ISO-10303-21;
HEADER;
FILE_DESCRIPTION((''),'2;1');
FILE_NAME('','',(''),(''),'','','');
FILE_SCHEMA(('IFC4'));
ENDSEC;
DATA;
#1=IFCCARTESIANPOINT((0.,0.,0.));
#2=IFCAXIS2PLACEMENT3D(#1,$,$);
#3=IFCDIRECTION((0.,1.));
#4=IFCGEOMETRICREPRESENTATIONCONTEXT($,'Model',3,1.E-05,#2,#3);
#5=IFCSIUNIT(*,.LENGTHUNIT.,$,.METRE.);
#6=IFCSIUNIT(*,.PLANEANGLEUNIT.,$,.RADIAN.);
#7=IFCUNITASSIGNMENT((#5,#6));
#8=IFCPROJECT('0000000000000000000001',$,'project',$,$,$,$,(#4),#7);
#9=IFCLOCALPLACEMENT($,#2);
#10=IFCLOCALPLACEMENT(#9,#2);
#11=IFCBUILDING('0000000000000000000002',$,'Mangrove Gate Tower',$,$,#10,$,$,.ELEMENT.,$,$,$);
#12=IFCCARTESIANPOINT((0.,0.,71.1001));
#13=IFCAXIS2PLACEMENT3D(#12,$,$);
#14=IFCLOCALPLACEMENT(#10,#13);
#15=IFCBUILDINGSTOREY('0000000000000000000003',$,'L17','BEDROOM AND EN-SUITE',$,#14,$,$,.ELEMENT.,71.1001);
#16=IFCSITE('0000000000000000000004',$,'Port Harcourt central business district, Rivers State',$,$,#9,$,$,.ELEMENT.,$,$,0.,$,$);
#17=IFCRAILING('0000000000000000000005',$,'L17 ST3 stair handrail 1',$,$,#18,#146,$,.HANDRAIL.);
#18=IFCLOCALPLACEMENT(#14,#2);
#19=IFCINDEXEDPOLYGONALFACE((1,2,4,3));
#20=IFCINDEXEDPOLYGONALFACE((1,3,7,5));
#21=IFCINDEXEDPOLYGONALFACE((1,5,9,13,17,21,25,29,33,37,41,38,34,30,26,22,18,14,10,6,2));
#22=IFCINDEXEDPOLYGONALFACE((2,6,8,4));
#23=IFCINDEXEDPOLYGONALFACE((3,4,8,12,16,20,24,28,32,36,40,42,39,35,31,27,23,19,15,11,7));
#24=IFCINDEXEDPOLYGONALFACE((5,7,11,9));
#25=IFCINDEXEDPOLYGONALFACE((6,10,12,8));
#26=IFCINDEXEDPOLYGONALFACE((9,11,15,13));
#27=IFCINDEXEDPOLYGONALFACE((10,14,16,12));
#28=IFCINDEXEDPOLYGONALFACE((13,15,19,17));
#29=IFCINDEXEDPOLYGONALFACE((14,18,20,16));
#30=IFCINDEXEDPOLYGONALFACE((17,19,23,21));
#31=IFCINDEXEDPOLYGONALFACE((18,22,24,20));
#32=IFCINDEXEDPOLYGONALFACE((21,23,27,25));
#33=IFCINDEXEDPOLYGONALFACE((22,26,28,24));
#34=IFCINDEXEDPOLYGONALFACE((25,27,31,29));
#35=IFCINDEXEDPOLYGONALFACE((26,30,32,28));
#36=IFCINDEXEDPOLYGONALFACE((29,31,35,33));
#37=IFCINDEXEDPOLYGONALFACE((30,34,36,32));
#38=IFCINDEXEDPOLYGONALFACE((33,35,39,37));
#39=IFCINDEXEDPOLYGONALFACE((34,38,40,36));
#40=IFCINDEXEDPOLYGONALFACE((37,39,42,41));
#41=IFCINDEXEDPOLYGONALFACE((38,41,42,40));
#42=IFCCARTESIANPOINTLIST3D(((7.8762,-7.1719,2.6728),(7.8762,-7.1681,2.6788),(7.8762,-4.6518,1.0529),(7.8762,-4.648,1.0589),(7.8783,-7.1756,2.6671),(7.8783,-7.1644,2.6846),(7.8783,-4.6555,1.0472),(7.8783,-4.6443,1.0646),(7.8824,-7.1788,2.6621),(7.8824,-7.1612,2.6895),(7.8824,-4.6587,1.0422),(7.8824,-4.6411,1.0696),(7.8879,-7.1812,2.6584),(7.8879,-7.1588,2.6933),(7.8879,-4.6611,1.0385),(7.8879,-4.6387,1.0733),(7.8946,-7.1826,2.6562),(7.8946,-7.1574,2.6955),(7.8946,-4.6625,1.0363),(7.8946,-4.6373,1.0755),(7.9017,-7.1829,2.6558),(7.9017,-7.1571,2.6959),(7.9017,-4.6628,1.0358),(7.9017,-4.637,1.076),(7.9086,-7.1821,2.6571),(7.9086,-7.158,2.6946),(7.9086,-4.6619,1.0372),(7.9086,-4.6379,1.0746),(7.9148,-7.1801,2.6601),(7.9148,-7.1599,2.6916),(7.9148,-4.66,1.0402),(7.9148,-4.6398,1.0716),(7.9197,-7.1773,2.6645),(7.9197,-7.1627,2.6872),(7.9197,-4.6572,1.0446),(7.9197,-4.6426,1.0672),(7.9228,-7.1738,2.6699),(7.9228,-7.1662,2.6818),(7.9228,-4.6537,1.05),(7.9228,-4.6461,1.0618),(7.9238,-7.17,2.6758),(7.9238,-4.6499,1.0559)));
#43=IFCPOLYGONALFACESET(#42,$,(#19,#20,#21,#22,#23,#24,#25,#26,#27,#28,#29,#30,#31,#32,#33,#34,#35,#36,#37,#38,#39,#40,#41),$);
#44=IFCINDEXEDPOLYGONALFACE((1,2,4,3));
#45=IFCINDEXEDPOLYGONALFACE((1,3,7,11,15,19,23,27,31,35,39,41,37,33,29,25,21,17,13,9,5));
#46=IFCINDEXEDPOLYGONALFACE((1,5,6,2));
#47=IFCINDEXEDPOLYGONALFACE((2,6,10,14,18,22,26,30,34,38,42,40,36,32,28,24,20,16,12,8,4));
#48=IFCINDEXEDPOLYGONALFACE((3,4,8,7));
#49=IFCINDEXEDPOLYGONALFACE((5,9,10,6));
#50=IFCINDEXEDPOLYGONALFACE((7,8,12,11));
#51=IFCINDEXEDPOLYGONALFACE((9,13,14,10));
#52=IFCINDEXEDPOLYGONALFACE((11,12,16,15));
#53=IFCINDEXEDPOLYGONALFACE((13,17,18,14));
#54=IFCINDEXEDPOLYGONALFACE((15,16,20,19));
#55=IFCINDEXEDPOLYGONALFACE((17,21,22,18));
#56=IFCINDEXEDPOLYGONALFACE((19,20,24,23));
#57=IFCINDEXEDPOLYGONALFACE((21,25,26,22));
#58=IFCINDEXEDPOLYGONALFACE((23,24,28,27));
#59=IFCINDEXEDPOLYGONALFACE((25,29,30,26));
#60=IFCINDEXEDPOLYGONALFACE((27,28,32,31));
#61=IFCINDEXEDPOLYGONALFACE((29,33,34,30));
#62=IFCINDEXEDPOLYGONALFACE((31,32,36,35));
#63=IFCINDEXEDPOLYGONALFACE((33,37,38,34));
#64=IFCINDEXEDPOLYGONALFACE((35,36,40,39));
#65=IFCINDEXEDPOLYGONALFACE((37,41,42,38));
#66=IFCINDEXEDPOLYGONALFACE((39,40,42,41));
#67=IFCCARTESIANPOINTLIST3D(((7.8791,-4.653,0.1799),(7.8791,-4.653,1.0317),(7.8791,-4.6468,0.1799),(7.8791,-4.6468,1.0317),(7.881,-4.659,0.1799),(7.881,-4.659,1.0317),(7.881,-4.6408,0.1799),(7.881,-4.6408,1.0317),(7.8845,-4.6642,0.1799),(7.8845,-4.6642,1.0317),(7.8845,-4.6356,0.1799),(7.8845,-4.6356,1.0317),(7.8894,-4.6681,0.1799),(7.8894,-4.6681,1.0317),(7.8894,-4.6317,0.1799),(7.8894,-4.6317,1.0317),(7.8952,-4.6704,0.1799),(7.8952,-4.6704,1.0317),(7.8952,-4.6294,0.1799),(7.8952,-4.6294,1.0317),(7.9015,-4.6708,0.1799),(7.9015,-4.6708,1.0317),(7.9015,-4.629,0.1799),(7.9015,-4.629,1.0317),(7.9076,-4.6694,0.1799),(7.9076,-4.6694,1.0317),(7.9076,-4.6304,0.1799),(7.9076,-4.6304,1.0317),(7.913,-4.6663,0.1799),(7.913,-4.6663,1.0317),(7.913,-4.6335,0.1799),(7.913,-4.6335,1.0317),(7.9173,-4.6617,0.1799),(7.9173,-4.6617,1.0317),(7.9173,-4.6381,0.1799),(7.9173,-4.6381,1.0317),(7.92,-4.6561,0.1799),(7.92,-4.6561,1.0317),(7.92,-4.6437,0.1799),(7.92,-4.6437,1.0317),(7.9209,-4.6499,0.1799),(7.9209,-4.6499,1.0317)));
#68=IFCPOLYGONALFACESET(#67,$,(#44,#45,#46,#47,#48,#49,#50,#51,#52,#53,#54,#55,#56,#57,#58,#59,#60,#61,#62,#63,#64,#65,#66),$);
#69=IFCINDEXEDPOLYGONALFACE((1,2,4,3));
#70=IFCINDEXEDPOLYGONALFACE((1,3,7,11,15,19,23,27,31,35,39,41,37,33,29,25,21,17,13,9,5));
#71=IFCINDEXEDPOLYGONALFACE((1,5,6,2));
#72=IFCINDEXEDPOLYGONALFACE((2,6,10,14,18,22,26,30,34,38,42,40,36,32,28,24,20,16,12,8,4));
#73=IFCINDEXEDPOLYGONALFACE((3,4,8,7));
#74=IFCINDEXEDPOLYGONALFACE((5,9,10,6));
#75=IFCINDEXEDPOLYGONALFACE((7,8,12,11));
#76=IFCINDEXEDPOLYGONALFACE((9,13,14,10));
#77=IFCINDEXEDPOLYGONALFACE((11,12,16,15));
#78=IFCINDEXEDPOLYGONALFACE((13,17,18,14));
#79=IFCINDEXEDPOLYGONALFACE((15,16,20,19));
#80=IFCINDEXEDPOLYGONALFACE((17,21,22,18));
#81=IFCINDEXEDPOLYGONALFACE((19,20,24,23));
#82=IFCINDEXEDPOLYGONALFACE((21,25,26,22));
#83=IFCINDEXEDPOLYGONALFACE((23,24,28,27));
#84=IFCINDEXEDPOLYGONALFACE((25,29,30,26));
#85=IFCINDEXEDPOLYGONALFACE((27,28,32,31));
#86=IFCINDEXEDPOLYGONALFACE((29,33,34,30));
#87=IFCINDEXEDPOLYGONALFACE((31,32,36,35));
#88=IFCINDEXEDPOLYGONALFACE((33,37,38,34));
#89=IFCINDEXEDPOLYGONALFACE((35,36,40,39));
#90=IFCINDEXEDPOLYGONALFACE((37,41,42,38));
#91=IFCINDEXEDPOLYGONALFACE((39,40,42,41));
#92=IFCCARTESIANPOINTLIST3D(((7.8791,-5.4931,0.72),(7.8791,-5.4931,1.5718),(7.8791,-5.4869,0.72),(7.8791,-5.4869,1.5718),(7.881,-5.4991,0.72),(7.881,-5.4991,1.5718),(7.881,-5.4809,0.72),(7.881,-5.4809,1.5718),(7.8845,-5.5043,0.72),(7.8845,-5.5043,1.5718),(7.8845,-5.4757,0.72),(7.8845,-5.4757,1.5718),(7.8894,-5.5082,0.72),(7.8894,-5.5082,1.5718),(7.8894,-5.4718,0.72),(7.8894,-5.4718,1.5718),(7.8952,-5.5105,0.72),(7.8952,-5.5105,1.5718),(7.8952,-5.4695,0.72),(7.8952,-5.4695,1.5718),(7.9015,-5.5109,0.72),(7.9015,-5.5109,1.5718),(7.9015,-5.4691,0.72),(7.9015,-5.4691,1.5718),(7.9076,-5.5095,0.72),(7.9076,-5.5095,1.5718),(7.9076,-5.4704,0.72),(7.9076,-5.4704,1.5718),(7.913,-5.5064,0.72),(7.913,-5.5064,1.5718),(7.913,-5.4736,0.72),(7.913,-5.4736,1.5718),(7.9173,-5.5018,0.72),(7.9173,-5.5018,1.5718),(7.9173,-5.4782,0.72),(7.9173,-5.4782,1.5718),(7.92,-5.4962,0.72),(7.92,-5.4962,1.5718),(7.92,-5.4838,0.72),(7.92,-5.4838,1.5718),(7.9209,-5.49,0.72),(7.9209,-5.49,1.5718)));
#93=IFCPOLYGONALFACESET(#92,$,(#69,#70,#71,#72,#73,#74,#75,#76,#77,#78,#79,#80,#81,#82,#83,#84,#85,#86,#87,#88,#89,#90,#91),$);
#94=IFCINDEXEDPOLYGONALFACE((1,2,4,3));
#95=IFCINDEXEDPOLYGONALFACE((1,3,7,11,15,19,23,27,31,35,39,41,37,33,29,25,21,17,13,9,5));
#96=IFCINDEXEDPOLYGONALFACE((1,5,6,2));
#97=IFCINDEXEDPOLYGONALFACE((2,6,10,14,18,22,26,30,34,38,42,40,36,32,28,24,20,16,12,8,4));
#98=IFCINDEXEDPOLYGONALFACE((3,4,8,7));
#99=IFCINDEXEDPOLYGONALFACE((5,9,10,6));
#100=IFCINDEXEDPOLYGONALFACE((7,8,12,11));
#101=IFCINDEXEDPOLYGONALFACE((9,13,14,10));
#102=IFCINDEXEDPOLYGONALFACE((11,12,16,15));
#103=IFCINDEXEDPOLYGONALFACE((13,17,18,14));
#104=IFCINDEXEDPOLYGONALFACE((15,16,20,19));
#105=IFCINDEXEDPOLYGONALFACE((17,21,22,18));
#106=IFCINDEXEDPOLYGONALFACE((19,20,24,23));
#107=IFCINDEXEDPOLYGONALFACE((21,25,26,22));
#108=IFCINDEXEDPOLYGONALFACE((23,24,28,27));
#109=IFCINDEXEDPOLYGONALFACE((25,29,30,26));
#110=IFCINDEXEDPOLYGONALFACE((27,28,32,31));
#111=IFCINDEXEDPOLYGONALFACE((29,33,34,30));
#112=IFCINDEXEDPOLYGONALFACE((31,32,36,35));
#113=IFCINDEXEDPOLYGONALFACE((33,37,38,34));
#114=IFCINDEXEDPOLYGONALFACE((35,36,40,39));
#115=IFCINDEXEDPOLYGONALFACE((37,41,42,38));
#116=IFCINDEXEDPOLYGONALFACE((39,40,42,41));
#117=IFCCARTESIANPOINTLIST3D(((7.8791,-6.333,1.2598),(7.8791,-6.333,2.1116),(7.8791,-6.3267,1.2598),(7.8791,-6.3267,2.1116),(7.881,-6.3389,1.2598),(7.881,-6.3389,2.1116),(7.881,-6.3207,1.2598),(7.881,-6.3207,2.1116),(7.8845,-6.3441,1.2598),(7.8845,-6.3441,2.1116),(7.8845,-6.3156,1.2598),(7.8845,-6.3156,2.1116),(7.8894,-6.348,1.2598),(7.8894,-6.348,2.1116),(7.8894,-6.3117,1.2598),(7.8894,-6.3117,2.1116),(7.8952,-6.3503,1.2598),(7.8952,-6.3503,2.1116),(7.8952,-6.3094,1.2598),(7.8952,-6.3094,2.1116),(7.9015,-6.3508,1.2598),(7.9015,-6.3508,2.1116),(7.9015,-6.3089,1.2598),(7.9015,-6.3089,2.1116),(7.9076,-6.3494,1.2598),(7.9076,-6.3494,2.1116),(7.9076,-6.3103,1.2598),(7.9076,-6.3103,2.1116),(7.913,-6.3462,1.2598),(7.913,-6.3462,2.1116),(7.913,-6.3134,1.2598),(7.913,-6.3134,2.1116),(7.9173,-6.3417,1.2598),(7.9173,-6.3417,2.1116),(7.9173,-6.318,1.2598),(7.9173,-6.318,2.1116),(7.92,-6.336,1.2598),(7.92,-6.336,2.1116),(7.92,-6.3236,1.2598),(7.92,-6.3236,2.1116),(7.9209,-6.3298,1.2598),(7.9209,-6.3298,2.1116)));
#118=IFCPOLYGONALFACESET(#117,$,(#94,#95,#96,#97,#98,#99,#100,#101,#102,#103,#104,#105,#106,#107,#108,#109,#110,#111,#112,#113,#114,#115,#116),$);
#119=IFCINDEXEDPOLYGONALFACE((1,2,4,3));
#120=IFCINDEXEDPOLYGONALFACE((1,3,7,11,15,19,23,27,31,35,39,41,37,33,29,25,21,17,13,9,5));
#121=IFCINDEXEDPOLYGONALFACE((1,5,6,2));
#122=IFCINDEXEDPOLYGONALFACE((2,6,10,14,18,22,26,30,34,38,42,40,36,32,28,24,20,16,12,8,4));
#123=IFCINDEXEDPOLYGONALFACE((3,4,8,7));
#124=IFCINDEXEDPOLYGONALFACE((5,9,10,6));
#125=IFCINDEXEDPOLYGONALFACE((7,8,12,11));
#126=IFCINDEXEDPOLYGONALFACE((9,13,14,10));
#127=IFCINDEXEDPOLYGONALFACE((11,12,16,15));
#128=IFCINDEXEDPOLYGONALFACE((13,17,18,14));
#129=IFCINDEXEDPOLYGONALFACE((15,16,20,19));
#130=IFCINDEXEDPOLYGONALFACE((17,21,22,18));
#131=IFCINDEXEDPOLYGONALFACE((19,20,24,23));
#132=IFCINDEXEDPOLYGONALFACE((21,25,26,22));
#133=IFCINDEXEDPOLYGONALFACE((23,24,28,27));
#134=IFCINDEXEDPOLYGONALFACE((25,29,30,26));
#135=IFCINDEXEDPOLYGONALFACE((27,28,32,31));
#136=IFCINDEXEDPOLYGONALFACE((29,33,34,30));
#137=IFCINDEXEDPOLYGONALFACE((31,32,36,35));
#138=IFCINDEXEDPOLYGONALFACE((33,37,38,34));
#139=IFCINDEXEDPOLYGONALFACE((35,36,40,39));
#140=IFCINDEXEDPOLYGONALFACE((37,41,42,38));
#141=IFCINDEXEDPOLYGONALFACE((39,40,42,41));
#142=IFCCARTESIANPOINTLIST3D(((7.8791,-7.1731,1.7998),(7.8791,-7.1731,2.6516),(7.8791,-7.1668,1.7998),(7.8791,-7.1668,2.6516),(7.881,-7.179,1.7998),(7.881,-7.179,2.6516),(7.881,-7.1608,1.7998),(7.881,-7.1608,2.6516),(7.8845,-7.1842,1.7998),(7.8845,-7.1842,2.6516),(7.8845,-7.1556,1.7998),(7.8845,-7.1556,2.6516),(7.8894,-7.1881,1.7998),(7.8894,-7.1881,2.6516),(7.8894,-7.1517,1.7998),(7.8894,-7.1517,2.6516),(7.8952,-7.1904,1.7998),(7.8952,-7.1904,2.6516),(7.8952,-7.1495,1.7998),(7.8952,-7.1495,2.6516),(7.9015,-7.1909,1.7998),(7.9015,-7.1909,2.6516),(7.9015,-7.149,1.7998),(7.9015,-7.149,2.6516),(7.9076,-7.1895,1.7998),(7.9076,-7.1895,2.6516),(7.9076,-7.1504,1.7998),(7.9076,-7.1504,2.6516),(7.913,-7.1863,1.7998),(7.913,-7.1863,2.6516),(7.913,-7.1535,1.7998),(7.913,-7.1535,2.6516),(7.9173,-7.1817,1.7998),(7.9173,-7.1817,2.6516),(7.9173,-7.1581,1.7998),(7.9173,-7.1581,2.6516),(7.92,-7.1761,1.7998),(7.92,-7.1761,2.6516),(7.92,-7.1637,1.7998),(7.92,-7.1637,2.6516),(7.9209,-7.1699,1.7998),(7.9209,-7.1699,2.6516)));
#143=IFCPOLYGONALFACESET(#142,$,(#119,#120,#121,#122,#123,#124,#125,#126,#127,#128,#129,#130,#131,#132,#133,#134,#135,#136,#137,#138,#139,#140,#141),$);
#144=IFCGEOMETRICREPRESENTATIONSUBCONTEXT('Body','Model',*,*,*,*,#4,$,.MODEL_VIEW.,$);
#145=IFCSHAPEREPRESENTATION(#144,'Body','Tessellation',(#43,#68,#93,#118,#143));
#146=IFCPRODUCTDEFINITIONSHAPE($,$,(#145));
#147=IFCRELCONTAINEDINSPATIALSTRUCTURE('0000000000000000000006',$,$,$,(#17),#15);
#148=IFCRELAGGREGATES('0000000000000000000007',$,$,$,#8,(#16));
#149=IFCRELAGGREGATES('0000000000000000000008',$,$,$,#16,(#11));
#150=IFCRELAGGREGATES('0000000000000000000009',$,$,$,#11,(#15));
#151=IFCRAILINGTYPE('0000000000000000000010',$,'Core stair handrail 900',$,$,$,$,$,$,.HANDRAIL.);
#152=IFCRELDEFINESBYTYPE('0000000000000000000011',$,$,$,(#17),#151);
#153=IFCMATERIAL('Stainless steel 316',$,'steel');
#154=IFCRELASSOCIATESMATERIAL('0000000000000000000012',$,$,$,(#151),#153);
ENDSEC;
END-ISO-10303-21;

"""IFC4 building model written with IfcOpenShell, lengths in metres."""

from ifc_helpers import new_model, si_unit, direction, frame, origin, origin_2d, place, context, subcontext, project, spatial, circle, extrude, material, type_object, element, save


model = new_model("IFC4")

# Units and contexts
model_context = context("Model", 3, precision=1e-05, world=origin(), true_north=direction((0.0, 1.0)))
body_context = subcontext(model_context, "Body", "Model", "MODEL_VIEW")
ifc_project = project(units=[si_unit("LENGTHUNIT", "METRE"), si_unit("PLANEANGLEUNIT", "RADIAN")], contexts=[model_context])

# Site, building, storey
site_placement = place(None, origin())
site = spatial("IfcSite", under=ifc_project, at=site_placement, Name="Port Harcourt central business district, Rivers State", CompositionType="ELEMENT", RefElevation=0.0)
building_placement = place(site_placement, origin())
building = spatial("IfcBuilding", under=site, at=building_placement, Name="Mangrove Gate Tower", CompositionType="ELEMENT")
storey_placement = place(building_placement, frame((0.0, 0.0, 71.1001)))
storey = spatial("IfcBuildingStorey", under=building, at=storey_placement, Name="L17", Description="BEDROOM AND EN-SUITE", CompositionType="ELEMENT", Elevation=71.1001)

# Railing
ifc_material_1 = material(Name="Stainless steel 316", Category="steel")
railing_type_1 = type_object("IfcRailingType", Name="Core stair handrail 900", PredefinedType="HANDRAIL", material=ifc_material_1)
railing_1_placement = place(storey_placement, frame((7.8999, -4.6499, 0.1799)))
element("IfcRailing", 1, at=railing_1_placement, inside=storey, type_object=railing_type_1, Name="L17 ST3 stair handrail 1", PredefinedType="HANDRAIL", context=body_context, shape_type="SweptSolid", body=[
    extrude(circle(Radius=0.0239, at=origin_2d()), frame((0.0, 0.0, 0.876), z_axis=(0.0, -0.8412, 0.540725), x_axis=(1.0, 0.0, 0.0)), (0.0, 0.0, 1.0), 2.9958),
    extrude(circle(Radius=0.021, at=origin_2d()), origin(), (0.0, 0.0, 1.0), 0.8518),
    extrude(circle(Radius=0.021, at=origin_2d()), frame((0.0, -0.8401, 0.54)), (0.0, 0.0, 1.0), 0.8518),
    extrude(circle(Radius=0.021, at=origin_2d()), frame((0.0, -1.6799, 1.0798)), (0.0, 0.0, 1.0), 0.8518),
    extrude(circle(Radius=0.021, at=origin_2d()), frame((0.0, -2.52, 1.6199)), (0.0, 0.0, 1.0), 0.8518),
])

save(model, "model.ifc")
